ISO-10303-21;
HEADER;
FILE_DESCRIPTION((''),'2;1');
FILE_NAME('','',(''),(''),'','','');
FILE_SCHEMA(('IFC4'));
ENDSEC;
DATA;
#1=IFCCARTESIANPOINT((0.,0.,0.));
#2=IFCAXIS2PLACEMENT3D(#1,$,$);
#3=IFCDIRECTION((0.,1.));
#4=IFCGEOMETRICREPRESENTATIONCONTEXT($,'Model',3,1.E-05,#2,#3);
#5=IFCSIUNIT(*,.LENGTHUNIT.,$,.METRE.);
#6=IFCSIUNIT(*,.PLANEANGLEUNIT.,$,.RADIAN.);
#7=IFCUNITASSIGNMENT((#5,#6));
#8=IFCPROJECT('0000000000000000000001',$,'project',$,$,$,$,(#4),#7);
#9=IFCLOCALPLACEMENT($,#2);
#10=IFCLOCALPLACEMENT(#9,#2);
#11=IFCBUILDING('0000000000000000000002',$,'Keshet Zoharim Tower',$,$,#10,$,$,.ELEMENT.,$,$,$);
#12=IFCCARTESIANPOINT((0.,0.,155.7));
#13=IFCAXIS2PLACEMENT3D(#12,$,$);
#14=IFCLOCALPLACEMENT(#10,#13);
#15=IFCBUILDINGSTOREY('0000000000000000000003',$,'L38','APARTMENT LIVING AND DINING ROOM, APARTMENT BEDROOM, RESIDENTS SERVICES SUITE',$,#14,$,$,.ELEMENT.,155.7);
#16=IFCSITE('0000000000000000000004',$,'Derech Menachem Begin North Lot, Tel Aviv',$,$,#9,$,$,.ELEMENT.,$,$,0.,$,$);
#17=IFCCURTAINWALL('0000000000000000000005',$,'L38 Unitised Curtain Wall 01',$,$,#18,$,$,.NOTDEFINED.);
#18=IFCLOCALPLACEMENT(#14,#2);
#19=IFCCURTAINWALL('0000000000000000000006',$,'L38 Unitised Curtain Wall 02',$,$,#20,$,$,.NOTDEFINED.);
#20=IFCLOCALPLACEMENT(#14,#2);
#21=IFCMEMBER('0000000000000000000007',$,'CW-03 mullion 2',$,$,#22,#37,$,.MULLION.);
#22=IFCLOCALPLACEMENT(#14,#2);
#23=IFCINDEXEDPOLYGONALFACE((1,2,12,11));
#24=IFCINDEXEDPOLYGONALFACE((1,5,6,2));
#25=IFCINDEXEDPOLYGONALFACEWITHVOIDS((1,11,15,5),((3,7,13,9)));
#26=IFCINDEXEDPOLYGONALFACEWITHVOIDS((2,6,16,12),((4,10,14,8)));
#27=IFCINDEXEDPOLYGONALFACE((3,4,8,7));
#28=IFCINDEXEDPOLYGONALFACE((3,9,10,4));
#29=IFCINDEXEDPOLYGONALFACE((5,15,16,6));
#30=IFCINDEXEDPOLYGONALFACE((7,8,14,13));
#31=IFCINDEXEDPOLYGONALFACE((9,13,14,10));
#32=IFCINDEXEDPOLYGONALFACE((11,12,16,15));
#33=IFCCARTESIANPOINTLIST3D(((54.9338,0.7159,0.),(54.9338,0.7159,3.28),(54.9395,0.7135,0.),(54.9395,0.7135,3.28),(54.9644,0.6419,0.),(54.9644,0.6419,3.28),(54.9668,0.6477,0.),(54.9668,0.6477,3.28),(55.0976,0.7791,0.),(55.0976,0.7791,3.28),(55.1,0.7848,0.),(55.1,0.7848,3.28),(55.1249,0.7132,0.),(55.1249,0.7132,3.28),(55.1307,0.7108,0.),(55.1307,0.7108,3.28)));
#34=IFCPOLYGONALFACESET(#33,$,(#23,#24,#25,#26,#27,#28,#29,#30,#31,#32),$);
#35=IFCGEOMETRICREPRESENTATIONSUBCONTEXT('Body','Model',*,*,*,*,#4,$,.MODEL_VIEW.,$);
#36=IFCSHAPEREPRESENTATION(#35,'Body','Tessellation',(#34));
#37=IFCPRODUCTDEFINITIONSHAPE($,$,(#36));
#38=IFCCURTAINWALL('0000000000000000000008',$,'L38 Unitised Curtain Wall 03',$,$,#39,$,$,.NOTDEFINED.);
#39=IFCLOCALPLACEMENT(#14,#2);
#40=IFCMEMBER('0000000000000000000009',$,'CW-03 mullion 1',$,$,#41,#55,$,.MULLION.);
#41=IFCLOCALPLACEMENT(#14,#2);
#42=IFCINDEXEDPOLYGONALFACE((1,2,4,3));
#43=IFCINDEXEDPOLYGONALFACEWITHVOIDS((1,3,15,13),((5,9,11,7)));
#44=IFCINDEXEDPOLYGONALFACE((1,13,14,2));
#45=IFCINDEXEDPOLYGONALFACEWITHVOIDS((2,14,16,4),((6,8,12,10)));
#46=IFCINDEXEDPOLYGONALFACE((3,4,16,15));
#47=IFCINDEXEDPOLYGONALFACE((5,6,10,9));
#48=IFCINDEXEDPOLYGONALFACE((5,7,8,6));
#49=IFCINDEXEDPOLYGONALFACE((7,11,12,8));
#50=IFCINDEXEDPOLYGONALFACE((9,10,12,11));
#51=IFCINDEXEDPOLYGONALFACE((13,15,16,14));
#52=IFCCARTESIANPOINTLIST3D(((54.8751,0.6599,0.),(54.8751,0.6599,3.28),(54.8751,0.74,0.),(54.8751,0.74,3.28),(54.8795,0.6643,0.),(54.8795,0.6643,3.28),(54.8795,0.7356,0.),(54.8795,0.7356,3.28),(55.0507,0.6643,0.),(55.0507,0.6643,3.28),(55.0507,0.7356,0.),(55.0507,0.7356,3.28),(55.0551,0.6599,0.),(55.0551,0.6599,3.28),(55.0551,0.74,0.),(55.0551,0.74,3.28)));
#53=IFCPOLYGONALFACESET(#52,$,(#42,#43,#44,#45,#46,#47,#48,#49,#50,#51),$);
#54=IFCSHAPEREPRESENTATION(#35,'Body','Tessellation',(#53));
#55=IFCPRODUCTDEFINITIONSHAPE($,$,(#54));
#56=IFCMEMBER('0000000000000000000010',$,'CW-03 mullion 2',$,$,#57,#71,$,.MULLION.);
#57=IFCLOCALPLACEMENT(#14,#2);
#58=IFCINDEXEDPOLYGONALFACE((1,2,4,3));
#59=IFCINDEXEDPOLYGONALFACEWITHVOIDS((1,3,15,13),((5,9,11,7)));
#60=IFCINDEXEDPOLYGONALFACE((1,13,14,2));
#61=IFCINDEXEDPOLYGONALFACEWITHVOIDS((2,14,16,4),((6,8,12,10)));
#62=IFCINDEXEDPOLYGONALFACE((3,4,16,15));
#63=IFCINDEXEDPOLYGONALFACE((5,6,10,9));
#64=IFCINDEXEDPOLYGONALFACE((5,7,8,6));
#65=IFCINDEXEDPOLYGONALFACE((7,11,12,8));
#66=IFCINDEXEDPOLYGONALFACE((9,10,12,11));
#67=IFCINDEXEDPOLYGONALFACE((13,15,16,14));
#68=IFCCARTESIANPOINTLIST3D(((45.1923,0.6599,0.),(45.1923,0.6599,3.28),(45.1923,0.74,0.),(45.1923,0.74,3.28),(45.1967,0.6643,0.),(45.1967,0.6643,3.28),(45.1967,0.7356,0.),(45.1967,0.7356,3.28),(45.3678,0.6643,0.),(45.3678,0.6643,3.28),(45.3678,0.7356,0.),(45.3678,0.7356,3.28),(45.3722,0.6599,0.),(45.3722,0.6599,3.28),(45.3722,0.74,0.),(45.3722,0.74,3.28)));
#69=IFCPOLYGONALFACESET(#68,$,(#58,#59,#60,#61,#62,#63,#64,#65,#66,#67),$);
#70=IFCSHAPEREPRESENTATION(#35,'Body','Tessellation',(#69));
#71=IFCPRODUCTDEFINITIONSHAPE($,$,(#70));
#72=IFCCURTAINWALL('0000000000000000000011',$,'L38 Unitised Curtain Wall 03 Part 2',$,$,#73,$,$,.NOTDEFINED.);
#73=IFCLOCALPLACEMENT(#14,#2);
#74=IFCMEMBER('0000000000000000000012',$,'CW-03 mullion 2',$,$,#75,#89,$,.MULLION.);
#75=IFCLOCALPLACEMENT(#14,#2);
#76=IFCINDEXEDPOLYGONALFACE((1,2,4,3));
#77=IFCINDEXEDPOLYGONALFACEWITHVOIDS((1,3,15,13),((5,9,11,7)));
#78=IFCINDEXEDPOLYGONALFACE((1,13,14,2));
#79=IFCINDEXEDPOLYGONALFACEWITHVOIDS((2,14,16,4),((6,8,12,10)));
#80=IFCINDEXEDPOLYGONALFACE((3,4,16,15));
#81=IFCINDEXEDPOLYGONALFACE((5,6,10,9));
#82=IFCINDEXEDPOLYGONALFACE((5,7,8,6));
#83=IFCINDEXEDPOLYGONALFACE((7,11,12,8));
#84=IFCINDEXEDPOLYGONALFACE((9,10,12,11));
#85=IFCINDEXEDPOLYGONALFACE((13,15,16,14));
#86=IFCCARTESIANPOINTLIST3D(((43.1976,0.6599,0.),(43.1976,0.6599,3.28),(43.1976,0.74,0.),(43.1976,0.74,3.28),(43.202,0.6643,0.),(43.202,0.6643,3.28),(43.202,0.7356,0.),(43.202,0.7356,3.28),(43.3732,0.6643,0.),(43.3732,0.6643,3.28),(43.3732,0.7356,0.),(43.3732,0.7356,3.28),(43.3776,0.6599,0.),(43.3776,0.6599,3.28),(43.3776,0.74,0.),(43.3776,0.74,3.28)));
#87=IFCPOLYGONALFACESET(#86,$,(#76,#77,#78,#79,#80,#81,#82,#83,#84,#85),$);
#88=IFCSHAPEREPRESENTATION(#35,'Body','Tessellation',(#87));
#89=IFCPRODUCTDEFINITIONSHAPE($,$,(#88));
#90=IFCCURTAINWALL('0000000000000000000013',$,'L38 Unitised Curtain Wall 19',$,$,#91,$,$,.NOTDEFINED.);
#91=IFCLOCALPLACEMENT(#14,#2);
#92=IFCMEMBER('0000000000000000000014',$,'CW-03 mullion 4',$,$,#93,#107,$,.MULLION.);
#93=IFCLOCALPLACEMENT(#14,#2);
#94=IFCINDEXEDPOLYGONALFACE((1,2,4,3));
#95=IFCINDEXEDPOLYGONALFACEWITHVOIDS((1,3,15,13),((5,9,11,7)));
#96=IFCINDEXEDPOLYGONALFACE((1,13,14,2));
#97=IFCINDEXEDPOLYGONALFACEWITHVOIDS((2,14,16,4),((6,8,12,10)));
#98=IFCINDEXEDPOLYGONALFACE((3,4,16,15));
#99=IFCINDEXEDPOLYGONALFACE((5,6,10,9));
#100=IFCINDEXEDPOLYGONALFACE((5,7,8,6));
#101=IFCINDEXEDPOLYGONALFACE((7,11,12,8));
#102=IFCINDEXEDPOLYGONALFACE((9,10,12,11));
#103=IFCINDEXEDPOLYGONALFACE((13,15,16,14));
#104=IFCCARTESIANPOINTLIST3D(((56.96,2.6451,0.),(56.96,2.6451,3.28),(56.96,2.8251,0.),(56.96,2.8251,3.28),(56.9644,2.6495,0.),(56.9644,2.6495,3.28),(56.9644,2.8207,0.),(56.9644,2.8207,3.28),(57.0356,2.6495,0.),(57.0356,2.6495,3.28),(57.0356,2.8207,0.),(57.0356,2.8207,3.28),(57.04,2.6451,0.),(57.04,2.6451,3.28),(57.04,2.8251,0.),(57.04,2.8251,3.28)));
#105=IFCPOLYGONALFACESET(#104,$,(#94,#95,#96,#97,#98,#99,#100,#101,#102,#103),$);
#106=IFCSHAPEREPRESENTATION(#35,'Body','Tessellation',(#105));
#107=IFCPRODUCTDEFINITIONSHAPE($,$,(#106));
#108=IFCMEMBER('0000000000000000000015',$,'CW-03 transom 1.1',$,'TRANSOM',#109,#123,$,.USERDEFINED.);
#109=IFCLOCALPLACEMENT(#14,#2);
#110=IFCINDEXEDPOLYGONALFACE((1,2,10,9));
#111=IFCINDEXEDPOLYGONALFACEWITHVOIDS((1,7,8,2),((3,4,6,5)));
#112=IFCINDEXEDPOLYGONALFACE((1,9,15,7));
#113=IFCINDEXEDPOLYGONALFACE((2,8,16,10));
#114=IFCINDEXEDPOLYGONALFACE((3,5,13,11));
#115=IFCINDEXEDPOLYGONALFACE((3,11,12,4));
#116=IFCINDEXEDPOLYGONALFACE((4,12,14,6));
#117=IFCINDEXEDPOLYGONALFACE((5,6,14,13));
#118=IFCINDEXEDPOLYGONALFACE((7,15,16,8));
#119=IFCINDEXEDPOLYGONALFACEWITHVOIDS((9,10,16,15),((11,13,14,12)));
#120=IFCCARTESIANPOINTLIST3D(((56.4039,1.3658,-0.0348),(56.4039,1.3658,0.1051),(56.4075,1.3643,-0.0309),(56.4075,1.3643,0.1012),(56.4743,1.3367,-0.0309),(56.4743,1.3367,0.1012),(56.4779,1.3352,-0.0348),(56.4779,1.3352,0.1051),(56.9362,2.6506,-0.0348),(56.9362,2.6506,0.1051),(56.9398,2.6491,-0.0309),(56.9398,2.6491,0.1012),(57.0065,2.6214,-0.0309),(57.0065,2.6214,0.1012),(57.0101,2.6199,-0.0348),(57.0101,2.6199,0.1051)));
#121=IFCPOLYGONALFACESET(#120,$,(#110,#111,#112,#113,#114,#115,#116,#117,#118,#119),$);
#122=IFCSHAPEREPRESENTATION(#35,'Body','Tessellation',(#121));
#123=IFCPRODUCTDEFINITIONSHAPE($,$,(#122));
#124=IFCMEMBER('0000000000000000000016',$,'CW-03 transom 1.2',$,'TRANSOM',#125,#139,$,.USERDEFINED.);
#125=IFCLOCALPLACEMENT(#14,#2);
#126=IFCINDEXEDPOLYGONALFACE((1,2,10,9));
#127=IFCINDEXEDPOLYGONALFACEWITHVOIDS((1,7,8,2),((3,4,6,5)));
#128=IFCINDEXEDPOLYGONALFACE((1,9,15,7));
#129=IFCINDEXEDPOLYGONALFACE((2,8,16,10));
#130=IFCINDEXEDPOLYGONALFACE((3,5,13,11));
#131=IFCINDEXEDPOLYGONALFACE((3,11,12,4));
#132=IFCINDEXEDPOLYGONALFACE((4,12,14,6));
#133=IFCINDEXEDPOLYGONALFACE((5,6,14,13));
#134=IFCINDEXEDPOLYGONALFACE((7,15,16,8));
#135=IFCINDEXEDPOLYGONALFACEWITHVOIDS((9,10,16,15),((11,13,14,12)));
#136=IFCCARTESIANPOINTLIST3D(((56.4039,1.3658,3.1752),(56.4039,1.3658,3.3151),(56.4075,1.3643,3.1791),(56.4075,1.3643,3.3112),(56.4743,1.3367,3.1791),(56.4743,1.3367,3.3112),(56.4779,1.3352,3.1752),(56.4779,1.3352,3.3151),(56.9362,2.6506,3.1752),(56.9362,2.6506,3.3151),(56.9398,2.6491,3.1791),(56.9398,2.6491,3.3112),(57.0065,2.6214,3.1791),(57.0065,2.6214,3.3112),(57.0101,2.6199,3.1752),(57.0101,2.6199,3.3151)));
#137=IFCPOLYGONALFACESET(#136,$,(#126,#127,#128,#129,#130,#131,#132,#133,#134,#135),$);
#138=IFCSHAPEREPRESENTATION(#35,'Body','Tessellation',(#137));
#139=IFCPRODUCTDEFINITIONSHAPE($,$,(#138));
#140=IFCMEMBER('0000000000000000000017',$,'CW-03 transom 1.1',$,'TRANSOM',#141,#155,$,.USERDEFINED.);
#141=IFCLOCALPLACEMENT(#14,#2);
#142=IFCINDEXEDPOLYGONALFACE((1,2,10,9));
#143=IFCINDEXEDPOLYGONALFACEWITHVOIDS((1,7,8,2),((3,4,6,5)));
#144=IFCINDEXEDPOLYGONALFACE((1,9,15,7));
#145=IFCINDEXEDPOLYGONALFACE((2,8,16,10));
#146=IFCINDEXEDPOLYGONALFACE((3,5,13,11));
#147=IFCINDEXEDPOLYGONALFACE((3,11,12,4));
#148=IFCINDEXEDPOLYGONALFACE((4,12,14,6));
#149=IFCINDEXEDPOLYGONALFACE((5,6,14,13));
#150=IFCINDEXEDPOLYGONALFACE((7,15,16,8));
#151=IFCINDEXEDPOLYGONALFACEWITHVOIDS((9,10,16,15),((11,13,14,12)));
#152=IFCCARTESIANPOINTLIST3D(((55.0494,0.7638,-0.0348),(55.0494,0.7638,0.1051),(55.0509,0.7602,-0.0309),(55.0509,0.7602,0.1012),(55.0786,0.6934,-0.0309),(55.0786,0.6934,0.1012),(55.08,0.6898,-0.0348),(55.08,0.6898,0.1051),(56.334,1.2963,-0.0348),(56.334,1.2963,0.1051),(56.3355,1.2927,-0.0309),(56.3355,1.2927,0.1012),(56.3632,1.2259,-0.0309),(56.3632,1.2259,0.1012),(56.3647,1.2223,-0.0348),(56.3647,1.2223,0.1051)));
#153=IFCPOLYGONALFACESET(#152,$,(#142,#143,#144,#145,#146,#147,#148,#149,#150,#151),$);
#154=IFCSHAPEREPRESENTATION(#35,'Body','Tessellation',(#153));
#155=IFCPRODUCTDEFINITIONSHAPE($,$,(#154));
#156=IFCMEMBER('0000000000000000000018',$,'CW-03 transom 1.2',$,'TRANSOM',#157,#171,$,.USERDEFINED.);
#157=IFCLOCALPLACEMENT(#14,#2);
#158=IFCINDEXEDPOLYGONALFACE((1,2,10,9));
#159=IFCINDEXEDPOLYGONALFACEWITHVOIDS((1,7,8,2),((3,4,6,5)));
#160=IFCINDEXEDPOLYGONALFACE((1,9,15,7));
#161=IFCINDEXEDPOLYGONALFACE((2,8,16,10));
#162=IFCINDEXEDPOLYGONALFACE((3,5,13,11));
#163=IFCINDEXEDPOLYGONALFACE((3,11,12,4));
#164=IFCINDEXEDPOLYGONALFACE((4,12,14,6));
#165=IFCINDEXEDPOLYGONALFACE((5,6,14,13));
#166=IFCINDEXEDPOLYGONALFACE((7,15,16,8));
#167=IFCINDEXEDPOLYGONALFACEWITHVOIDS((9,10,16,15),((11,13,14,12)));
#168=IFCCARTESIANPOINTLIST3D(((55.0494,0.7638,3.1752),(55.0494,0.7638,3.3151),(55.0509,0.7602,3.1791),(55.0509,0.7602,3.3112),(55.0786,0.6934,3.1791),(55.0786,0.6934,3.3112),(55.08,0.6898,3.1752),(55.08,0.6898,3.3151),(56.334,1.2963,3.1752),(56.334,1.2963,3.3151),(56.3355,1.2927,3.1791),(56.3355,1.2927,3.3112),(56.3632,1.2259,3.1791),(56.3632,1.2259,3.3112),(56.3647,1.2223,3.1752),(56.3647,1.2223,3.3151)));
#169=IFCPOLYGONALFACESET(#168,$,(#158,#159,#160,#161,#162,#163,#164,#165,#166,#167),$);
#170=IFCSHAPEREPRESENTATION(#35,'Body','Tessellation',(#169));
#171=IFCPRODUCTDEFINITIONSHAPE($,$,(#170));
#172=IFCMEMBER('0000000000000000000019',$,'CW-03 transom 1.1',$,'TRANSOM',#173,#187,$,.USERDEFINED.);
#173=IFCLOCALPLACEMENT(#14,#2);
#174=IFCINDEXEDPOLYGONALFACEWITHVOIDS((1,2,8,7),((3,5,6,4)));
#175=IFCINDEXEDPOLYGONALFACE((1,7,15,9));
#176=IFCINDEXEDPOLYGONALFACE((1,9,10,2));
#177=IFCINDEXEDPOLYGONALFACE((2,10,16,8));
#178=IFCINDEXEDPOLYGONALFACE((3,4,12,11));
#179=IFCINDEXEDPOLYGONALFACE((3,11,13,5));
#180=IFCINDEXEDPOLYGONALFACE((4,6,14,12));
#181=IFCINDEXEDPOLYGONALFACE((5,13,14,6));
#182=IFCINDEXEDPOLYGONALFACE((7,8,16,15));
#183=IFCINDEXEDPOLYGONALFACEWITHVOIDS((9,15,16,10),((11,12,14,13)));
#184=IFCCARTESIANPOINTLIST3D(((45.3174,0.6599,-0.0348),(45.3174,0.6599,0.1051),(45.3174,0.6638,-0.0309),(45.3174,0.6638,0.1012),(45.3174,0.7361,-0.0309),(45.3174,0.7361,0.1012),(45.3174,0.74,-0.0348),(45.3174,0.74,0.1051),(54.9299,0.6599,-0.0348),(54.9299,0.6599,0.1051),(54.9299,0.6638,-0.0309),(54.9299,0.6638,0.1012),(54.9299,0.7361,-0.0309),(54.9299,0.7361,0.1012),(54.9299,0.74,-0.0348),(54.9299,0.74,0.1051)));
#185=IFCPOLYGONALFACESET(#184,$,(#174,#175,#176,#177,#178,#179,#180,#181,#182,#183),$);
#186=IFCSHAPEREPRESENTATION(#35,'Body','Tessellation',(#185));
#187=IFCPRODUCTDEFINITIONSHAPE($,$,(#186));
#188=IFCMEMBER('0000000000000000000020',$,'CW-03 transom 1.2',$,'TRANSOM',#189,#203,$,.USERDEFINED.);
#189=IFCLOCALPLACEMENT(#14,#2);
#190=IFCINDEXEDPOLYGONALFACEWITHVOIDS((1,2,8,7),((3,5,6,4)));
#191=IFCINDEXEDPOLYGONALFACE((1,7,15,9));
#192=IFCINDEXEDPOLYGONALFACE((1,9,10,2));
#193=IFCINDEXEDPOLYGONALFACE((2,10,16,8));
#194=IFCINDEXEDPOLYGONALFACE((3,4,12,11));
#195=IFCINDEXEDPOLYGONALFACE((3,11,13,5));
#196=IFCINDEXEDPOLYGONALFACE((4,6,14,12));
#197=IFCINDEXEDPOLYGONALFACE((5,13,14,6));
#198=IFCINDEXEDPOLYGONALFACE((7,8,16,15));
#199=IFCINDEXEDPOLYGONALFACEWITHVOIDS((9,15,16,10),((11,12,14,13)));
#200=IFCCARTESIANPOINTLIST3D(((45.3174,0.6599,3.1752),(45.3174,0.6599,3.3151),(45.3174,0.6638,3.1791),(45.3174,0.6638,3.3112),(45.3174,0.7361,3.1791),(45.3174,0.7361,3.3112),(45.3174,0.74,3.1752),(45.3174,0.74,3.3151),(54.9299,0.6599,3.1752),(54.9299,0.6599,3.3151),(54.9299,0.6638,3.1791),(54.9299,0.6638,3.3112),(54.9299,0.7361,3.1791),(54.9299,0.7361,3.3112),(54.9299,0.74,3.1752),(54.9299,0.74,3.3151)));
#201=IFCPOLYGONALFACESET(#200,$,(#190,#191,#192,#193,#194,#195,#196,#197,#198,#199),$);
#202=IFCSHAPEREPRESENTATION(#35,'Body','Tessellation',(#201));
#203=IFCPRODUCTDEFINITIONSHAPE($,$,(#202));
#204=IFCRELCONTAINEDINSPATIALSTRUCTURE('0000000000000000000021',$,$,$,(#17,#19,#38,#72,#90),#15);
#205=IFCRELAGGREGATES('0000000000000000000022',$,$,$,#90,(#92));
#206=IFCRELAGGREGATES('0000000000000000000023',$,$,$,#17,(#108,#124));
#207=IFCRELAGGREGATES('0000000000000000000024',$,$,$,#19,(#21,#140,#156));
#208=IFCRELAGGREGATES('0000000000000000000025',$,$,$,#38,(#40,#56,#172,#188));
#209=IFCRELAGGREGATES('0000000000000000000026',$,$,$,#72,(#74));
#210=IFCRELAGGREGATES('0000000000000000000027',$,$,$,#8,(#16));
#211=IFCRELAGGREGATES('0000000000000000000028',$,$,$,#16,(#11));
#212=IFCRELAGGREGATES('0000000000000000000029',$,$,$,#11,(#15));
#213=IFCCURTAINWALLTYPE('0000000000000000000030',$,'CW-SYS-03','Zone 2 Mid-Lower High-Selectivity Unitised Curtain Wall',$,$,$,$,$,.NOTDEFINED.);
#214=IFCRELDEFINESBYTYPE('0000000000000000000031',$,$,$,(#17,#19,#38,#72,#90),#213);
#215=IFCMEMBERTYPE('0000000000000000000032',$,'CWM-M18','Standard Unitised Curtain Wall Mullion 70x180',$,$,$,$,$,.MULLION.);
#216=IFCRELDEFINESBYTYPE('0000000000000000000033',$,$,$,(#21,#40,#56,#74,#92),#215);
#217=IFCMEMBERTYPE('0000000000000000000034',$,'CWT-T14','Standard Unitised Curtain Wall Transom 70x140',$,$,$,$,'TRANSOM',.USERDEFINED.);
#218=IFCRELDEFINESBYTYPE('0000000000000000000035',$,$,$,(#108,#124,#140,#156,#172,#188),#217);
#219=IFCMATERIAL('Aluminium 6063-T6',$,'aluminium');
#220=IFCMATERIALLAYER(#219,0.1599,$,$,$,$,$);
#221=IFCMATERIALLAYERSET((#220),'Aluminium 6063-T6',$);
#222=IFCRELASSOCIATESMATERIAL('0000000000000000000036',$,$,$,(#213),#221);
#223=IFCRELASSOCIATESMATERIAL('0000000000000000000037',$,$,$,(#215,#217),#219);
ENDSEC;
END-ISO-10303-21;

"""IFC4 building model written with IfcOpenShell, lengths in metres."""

from ifc_helpers import new_model, si_unit, direction, frame, origin, origin_2d, place, context, subcontext, project, spatial, hollow_rectangle, extrude, material, layer, layer_set, material_profile, profile_set, type_object, element, aggregate, save


model = new_model("IFC4")

# Units and contexts
model_context = context("Model", 3, precision=1e-05, world=origin(), true_north=direction((0.0, 1.0)))
body_context = subcontext(model_context, "Body", "Model", "MODEL_VIEW")
ifc_project = project(units=[si_unit("LENGTHUNIT", "METRE"), si_unit("PLANEANGLEUNIT", "RADIAN")], contexts=[model_context])

# Site, building, storey
site_placement = place(None, origin())
site = spatial("IfcSite", under=ifc_project, at=site_placement, Name="Derech Menachem Begin North Lot, Tel Aviv", CompositionType="ELEMENT", RefElevation=0.0)
building_placement = place(site_placement, origin())
building = spatial("IfcBuilding", under=site, at=building_placement, Name="Keshet Zoharim Tower", CompositionType="ELEMENT")
storey_placement = place(building_placement, frame((0.0, 0.0, 155.7)))
storey = spatial("IfcBuildingStorey", under=building, at=storey_placement, Name="L38", Description="APARTMENT LIVING AND DINING ROOM, APARTMENT BEDROOM, RESIDENTS SERVICES SUITE", CompositionType="ELEMENT", Elevation=155.7)

# Curtain walls, members
ifc_material_1 = material(Name="Aluminium 6063-T6", Category="aluminium")
ifc_layer_1 = layer(ifc_material_1, 0.1599)
ifc_layer_set_1 = layer_set([ifc_layer_1], Name="Aluminium 6063-T6")
curtain_wall_type = type_object("IfcCurtainWallType", Name="CW-SYS-03", Description="Zone 2 Mid-Lower High-Selectivity Unitised Curtain Wall", PredefinedType="NOTDEFINED", material=ifc_layer_set_1)
curtain_wall_1_placement = place(storey_placement, origin())
curtain_wall_1 = element("IfcCurtainWall", 1, at=curtain_wall_1_placement, inside=storey, type_object=curtain_wall_type, Name="L38 Unitised Curtain Wall 01", PredefinedType="NOTDEFINED")
ifc_material_profile_1 = material_profile(ifc_material_1, hollow_rectangle(XDim=0.0801, YDim=0.1799, WallThickness=0.0044, at=origin_2d()), Name="MUL-80x180")
ifc_profile_set_1 = profile_set([ifc_material_profile_1], Name="Aluminium 6063-T6")
member_type_1 = type_object("IfcMemberType", Name="CWM-M18", Description="Standard Unitised Curtain Wall Mullion 70x180", PredefinedType="MULLION", material=ifc_profile_set_1)
curtain_wall_2_placement = place(storey_placement, origin())
curtain_wall_2 = element("IfcCurtainWall", 2, at=curtain_wall_2_placement, inside=storey, type_object=curtain_wall_type, Name="L38 Unitised Curtain Wall 02", PredefinedType="NOTDEFINED")
member_1_placement = place(storey_placement, frame((55.0322, 0.7134, 0.0), z_axis=(0.0, 0.0, 1.0), x_axis=(0.382852, -0.92381, 0.0)))
member_1 = element("IfcMember", 3, at=member_1_placement, type_object=member_type_1, Name="CW-03 mullion 2", PredefinedType="MULLION", context=body_context, shape_type="SweptSolid", body=[
    extrude(hollow_rectangle(XDim=0.0801, YDim=0.1799, WallThickness=0.0044, at=origin_2d()), origin(), (0.0, 0.0, 1.0), 3.28),
])
curtain_wall_3_placement = place(storey_placement, origin())
curtain_wall_3 = element("IfcCurtainWall", 4, at=curtain_wall_3_placement, inside=storey, type_object=curtain_wall_type, Name="L38 Unitised Curtain Wall 03", PredefinedType="NOTDEFINED")
member_2_placement = place(storey_placement, frame((54.9651, 0.7, 0.0), z_axis=(0.0, 0.0, 1.0), x_axis=(0.0, -1.0, 0.0)))
member_2 = element("IfcMember", 5, at=member_2_placement, type_object=member_type_1, Name="CW-03 mullion 1", PredefinedType="MULLION", context=body_context, shape_type="SweptSolid", body=[
    extrude(hollow_rectangle(XDim=0.0801, YDim=0.1799, WallThickness=0.0044, at=origin_2d()), origin(), (0.0, 0.0, 1.0), 3.28),
])
member_3_placement = place(storey_placement, frame((45.2822, 0.7, 0.0), z_axis=(0.0, 0.0, 1.0), x_axis=(0.0, -1.0, 0.0)))
member_3 = element("IfcMember", 6, at=member_3_placement, type_object=member_type_1, Name="CW-03 mullion 2", PredefinedType="MULLION", context=body_context, shape_type="SweptSolid", body=[
    extrude(hollow_rectangle(XDim=0.0801, YDim=0.1799, WallThickness=0.0044, at=origin_2d()), origin(), (0.0, 0.0, 1.0), 3.28),
])

# Curtain walls, members
curtain_wall_4_placement = place(storey_placement, origin())
curtain_wall_4 = element("IfcCurtainWall", 7, at=curtain_wall_4_placement, inside=storey, type_object=curtain_wall_type, Name="L38 Unitised Curtain Wall 03 Part 2", PredefinedType="NOTDEFINED")
member_4_placement = place(storey_placement, frame((43.2876, 0.7, 0.0), z_axis=(0.0, 0.0, 1.0), x_axis=(0.0, -1.0, 0.0)))
member_4 = element("IfcMember", 8, at=member_4_placement, type_object=member_type_1, Name="CW-03 mullion 2", PredefinedType="MULLION", context=body_context, shape_type="SweptSolid", body=[
    extrude(hollow_rectangle(XDim=0.0801, YDim=0.1799, WallThickness=0.0044, at=origin_2d()), origin(), (0.0, 0.0, 1.0), 3.28),
])
curtain_wall_5_placement = place(storey_placement, origin())
curtain_wall_5 = element("IfcCurtainWall", 9, at=curtain_wall_5_placement, inside=storey, type_object=curtain_wall_type, Name="L38 Unitised Curtain Wall 19", PredefinedType="NOTDEFINED")
member_5_placement = place(storey_placement, frame((57.0, 2.7351, 0.0), z_axis=(0.0, 0.0, 1.0), x_axis=(1.0, 0.0, 0.0)))
member_5 = element("IfcMember", 10, at=member_5_placement, type_object=member_type_1, Name="CW-03 mullion 4", PredefinedType="MULLION", context=body_context, shape_type="SweptSolid", body=[
    extrude(hollow_rectangle(XDim=0.0801, YDim=0.1799, WallThickness=0.0044, at=origin_2d()), origin(), (0.0, 0.0, 1.0), 3.28),
])
aggregate(curtain_wall_5, [member_5])

# Members
ifc_material_profile_2 = material_profile(ifc_material_1, hollow_rectangle(XDim=0.0801, YDim=0.1399, WallThickness=0.0039, at=origin_2d()), Name="TRN-80x140")
ifc_profile_set_2 = profile_set([ifc_material_profile_2], Name="Aluminium 6063-T6")
member_type_2 = type_object("IfcMemberType", Name="CWT-T14", Description="Standard Unitised Curtain Wall Transom 70x140", ElementType="TRANSOM", PredefinedType="USERDEFINED", material=ifc_profile_set_2)
member_6_placement = place(storey_placement, frame((56.9731, 2.6353, 0.0352), z_axis=(-0.382745, -0.923854, 0.0), x_axis=(0.923854, -0.382745, 0.0)))
member_6 = element("IfcMember", 11, at=member_6_placement, type_object=member_type_2, Name="CW-03 transom 1.1", ObjectType="TRANSOM", PredefinedType="USERDEFINED", context=body_context, shape_type="SweptSolid", body=[
    extrude(hollow_rectangle(XDim=0.0801, YDim=0.1399, WallThickness=0.0039, at=origin_2d()), origin(), (0.0, 0.0, 1.0), 1.3906),
])
member_7_placement = place(storey_placement, frame((56.9731, 2.6353, 3.2451), z_axis=(-0.382745, -0.923854, 0.0), x_axis=(0.923854, -0.382745, 0.0)))
member_7 = element("IfcMember", 12, at=member_7_placement, type_object=member_type_2, Name="CW-03 transom 1.2", ObjectType="TRANSOM", PredefinedType="USERDEFINED", context=body_context, shape_type="SweptSolid", body=[
    extrude(hollow_rectangle(XDim=0.0801, YDim=0.1399, WallThickness=0.0039, at=origin_2d()), origin(), (0.0, 0.0, 1.0), 1.3906),
])
member_8_placement = place(storey_placement, frame((56.3494, 1.2593, 0.0352), z_axis=(-0.923792, -0.382894, 0.0), x_axis=(0.382894, -0.923792, 0.0)))
member_8 = element("IfcMember", 13, at=member_8_placement, type_object=member_type_2, Name="CW-03 transom 1.1", ObjectType="TRANSOM", PredefinedType="USERDEFINED", context=body_context, shape_type="SweptSolid", body=[
    extrude(hollow_rectangle(XDim=0.0801, YDim=0.1399, WallThickness=0.0039, at=origin_2d()), origin(), (0.0, 0.0, 1.0), 1.3906),
])
member_9_placement = place(storey_placement, frame((56.3494, 1.2593, 3.2451), z_axis=(-0.923792, -0.382894, 0.0), x_axis=(0.382894, -0.923792, 0.0)))
member_9 = element("IfcMember", 14, at=member_9_placement, type_object=member_type_2, Name="CW-03 transom 1.2", ObjectType="TRANSOM", PredefinedType="USERDEFINED", context=body_context, shape_type="SweptSolid", body=[
    extrude(hollow_rectangle(XDim=0.0801, YDim=0.1399, WallThickness=0.0039, at=origin_2d()), origin(), (0.0, 0.0, 1.0), 1.3906),
])
member_10_placement = place(storey_placement, frame((54.9299, 0.7, 0.0352), z_axis=(-1.0, 0.0, 0.0), x_axis=(0.0, -1.0, 0.0)))
member_10 = element("IfcMember", 15, at=member_10_placement, type_object=member_type_2, Name="CW-03 transom 1.1", ObjectType="TRANSOM", PredefinedType="USERDEFINED", context=body_context, shape_type="SweptSolid", body=[
    extrude(hollow_rectangle(XDim=0.0801, YDim=0.1399, WallThickness=0.0039, at=origin_2d()), origin(), (0.0, 0.0, 1.0), 9.6125),
])
member_11_placement = place(storey_placement, frame((54.9299, 0.7, 3.2451), z_axis=(-1.0, 0.0, 0.0), x_axis=(0.0, -1.0, 0.0)))
member_11 = element("IfcMember", 16, at=member_11_placement, type_object=member_type_2, Name="CW-03 transom 1.2", ObjectType="TRANSOM", PredefinedType="USERDEFINED", context=body_context, shape_type="SweptSolid", body=[
    extrude(hollow_rectangle(XDim=0.0801, YDim=0.1399, WallThickness=0.0039, at=origin_2d()), origin(), (0.0, 0.0, 1.0), 9.6125),
])

aggregate(curtain_wall_1, [member_6, member_7])
aggregate(curtain_wall_2, [member_1, member_8, member_9])
aggregate(curtain_wall_3, [member_2, member_3, member_10, member_11])
aggregate(curtain_wall_4, [member_4])

save(model, "model.ifc")
